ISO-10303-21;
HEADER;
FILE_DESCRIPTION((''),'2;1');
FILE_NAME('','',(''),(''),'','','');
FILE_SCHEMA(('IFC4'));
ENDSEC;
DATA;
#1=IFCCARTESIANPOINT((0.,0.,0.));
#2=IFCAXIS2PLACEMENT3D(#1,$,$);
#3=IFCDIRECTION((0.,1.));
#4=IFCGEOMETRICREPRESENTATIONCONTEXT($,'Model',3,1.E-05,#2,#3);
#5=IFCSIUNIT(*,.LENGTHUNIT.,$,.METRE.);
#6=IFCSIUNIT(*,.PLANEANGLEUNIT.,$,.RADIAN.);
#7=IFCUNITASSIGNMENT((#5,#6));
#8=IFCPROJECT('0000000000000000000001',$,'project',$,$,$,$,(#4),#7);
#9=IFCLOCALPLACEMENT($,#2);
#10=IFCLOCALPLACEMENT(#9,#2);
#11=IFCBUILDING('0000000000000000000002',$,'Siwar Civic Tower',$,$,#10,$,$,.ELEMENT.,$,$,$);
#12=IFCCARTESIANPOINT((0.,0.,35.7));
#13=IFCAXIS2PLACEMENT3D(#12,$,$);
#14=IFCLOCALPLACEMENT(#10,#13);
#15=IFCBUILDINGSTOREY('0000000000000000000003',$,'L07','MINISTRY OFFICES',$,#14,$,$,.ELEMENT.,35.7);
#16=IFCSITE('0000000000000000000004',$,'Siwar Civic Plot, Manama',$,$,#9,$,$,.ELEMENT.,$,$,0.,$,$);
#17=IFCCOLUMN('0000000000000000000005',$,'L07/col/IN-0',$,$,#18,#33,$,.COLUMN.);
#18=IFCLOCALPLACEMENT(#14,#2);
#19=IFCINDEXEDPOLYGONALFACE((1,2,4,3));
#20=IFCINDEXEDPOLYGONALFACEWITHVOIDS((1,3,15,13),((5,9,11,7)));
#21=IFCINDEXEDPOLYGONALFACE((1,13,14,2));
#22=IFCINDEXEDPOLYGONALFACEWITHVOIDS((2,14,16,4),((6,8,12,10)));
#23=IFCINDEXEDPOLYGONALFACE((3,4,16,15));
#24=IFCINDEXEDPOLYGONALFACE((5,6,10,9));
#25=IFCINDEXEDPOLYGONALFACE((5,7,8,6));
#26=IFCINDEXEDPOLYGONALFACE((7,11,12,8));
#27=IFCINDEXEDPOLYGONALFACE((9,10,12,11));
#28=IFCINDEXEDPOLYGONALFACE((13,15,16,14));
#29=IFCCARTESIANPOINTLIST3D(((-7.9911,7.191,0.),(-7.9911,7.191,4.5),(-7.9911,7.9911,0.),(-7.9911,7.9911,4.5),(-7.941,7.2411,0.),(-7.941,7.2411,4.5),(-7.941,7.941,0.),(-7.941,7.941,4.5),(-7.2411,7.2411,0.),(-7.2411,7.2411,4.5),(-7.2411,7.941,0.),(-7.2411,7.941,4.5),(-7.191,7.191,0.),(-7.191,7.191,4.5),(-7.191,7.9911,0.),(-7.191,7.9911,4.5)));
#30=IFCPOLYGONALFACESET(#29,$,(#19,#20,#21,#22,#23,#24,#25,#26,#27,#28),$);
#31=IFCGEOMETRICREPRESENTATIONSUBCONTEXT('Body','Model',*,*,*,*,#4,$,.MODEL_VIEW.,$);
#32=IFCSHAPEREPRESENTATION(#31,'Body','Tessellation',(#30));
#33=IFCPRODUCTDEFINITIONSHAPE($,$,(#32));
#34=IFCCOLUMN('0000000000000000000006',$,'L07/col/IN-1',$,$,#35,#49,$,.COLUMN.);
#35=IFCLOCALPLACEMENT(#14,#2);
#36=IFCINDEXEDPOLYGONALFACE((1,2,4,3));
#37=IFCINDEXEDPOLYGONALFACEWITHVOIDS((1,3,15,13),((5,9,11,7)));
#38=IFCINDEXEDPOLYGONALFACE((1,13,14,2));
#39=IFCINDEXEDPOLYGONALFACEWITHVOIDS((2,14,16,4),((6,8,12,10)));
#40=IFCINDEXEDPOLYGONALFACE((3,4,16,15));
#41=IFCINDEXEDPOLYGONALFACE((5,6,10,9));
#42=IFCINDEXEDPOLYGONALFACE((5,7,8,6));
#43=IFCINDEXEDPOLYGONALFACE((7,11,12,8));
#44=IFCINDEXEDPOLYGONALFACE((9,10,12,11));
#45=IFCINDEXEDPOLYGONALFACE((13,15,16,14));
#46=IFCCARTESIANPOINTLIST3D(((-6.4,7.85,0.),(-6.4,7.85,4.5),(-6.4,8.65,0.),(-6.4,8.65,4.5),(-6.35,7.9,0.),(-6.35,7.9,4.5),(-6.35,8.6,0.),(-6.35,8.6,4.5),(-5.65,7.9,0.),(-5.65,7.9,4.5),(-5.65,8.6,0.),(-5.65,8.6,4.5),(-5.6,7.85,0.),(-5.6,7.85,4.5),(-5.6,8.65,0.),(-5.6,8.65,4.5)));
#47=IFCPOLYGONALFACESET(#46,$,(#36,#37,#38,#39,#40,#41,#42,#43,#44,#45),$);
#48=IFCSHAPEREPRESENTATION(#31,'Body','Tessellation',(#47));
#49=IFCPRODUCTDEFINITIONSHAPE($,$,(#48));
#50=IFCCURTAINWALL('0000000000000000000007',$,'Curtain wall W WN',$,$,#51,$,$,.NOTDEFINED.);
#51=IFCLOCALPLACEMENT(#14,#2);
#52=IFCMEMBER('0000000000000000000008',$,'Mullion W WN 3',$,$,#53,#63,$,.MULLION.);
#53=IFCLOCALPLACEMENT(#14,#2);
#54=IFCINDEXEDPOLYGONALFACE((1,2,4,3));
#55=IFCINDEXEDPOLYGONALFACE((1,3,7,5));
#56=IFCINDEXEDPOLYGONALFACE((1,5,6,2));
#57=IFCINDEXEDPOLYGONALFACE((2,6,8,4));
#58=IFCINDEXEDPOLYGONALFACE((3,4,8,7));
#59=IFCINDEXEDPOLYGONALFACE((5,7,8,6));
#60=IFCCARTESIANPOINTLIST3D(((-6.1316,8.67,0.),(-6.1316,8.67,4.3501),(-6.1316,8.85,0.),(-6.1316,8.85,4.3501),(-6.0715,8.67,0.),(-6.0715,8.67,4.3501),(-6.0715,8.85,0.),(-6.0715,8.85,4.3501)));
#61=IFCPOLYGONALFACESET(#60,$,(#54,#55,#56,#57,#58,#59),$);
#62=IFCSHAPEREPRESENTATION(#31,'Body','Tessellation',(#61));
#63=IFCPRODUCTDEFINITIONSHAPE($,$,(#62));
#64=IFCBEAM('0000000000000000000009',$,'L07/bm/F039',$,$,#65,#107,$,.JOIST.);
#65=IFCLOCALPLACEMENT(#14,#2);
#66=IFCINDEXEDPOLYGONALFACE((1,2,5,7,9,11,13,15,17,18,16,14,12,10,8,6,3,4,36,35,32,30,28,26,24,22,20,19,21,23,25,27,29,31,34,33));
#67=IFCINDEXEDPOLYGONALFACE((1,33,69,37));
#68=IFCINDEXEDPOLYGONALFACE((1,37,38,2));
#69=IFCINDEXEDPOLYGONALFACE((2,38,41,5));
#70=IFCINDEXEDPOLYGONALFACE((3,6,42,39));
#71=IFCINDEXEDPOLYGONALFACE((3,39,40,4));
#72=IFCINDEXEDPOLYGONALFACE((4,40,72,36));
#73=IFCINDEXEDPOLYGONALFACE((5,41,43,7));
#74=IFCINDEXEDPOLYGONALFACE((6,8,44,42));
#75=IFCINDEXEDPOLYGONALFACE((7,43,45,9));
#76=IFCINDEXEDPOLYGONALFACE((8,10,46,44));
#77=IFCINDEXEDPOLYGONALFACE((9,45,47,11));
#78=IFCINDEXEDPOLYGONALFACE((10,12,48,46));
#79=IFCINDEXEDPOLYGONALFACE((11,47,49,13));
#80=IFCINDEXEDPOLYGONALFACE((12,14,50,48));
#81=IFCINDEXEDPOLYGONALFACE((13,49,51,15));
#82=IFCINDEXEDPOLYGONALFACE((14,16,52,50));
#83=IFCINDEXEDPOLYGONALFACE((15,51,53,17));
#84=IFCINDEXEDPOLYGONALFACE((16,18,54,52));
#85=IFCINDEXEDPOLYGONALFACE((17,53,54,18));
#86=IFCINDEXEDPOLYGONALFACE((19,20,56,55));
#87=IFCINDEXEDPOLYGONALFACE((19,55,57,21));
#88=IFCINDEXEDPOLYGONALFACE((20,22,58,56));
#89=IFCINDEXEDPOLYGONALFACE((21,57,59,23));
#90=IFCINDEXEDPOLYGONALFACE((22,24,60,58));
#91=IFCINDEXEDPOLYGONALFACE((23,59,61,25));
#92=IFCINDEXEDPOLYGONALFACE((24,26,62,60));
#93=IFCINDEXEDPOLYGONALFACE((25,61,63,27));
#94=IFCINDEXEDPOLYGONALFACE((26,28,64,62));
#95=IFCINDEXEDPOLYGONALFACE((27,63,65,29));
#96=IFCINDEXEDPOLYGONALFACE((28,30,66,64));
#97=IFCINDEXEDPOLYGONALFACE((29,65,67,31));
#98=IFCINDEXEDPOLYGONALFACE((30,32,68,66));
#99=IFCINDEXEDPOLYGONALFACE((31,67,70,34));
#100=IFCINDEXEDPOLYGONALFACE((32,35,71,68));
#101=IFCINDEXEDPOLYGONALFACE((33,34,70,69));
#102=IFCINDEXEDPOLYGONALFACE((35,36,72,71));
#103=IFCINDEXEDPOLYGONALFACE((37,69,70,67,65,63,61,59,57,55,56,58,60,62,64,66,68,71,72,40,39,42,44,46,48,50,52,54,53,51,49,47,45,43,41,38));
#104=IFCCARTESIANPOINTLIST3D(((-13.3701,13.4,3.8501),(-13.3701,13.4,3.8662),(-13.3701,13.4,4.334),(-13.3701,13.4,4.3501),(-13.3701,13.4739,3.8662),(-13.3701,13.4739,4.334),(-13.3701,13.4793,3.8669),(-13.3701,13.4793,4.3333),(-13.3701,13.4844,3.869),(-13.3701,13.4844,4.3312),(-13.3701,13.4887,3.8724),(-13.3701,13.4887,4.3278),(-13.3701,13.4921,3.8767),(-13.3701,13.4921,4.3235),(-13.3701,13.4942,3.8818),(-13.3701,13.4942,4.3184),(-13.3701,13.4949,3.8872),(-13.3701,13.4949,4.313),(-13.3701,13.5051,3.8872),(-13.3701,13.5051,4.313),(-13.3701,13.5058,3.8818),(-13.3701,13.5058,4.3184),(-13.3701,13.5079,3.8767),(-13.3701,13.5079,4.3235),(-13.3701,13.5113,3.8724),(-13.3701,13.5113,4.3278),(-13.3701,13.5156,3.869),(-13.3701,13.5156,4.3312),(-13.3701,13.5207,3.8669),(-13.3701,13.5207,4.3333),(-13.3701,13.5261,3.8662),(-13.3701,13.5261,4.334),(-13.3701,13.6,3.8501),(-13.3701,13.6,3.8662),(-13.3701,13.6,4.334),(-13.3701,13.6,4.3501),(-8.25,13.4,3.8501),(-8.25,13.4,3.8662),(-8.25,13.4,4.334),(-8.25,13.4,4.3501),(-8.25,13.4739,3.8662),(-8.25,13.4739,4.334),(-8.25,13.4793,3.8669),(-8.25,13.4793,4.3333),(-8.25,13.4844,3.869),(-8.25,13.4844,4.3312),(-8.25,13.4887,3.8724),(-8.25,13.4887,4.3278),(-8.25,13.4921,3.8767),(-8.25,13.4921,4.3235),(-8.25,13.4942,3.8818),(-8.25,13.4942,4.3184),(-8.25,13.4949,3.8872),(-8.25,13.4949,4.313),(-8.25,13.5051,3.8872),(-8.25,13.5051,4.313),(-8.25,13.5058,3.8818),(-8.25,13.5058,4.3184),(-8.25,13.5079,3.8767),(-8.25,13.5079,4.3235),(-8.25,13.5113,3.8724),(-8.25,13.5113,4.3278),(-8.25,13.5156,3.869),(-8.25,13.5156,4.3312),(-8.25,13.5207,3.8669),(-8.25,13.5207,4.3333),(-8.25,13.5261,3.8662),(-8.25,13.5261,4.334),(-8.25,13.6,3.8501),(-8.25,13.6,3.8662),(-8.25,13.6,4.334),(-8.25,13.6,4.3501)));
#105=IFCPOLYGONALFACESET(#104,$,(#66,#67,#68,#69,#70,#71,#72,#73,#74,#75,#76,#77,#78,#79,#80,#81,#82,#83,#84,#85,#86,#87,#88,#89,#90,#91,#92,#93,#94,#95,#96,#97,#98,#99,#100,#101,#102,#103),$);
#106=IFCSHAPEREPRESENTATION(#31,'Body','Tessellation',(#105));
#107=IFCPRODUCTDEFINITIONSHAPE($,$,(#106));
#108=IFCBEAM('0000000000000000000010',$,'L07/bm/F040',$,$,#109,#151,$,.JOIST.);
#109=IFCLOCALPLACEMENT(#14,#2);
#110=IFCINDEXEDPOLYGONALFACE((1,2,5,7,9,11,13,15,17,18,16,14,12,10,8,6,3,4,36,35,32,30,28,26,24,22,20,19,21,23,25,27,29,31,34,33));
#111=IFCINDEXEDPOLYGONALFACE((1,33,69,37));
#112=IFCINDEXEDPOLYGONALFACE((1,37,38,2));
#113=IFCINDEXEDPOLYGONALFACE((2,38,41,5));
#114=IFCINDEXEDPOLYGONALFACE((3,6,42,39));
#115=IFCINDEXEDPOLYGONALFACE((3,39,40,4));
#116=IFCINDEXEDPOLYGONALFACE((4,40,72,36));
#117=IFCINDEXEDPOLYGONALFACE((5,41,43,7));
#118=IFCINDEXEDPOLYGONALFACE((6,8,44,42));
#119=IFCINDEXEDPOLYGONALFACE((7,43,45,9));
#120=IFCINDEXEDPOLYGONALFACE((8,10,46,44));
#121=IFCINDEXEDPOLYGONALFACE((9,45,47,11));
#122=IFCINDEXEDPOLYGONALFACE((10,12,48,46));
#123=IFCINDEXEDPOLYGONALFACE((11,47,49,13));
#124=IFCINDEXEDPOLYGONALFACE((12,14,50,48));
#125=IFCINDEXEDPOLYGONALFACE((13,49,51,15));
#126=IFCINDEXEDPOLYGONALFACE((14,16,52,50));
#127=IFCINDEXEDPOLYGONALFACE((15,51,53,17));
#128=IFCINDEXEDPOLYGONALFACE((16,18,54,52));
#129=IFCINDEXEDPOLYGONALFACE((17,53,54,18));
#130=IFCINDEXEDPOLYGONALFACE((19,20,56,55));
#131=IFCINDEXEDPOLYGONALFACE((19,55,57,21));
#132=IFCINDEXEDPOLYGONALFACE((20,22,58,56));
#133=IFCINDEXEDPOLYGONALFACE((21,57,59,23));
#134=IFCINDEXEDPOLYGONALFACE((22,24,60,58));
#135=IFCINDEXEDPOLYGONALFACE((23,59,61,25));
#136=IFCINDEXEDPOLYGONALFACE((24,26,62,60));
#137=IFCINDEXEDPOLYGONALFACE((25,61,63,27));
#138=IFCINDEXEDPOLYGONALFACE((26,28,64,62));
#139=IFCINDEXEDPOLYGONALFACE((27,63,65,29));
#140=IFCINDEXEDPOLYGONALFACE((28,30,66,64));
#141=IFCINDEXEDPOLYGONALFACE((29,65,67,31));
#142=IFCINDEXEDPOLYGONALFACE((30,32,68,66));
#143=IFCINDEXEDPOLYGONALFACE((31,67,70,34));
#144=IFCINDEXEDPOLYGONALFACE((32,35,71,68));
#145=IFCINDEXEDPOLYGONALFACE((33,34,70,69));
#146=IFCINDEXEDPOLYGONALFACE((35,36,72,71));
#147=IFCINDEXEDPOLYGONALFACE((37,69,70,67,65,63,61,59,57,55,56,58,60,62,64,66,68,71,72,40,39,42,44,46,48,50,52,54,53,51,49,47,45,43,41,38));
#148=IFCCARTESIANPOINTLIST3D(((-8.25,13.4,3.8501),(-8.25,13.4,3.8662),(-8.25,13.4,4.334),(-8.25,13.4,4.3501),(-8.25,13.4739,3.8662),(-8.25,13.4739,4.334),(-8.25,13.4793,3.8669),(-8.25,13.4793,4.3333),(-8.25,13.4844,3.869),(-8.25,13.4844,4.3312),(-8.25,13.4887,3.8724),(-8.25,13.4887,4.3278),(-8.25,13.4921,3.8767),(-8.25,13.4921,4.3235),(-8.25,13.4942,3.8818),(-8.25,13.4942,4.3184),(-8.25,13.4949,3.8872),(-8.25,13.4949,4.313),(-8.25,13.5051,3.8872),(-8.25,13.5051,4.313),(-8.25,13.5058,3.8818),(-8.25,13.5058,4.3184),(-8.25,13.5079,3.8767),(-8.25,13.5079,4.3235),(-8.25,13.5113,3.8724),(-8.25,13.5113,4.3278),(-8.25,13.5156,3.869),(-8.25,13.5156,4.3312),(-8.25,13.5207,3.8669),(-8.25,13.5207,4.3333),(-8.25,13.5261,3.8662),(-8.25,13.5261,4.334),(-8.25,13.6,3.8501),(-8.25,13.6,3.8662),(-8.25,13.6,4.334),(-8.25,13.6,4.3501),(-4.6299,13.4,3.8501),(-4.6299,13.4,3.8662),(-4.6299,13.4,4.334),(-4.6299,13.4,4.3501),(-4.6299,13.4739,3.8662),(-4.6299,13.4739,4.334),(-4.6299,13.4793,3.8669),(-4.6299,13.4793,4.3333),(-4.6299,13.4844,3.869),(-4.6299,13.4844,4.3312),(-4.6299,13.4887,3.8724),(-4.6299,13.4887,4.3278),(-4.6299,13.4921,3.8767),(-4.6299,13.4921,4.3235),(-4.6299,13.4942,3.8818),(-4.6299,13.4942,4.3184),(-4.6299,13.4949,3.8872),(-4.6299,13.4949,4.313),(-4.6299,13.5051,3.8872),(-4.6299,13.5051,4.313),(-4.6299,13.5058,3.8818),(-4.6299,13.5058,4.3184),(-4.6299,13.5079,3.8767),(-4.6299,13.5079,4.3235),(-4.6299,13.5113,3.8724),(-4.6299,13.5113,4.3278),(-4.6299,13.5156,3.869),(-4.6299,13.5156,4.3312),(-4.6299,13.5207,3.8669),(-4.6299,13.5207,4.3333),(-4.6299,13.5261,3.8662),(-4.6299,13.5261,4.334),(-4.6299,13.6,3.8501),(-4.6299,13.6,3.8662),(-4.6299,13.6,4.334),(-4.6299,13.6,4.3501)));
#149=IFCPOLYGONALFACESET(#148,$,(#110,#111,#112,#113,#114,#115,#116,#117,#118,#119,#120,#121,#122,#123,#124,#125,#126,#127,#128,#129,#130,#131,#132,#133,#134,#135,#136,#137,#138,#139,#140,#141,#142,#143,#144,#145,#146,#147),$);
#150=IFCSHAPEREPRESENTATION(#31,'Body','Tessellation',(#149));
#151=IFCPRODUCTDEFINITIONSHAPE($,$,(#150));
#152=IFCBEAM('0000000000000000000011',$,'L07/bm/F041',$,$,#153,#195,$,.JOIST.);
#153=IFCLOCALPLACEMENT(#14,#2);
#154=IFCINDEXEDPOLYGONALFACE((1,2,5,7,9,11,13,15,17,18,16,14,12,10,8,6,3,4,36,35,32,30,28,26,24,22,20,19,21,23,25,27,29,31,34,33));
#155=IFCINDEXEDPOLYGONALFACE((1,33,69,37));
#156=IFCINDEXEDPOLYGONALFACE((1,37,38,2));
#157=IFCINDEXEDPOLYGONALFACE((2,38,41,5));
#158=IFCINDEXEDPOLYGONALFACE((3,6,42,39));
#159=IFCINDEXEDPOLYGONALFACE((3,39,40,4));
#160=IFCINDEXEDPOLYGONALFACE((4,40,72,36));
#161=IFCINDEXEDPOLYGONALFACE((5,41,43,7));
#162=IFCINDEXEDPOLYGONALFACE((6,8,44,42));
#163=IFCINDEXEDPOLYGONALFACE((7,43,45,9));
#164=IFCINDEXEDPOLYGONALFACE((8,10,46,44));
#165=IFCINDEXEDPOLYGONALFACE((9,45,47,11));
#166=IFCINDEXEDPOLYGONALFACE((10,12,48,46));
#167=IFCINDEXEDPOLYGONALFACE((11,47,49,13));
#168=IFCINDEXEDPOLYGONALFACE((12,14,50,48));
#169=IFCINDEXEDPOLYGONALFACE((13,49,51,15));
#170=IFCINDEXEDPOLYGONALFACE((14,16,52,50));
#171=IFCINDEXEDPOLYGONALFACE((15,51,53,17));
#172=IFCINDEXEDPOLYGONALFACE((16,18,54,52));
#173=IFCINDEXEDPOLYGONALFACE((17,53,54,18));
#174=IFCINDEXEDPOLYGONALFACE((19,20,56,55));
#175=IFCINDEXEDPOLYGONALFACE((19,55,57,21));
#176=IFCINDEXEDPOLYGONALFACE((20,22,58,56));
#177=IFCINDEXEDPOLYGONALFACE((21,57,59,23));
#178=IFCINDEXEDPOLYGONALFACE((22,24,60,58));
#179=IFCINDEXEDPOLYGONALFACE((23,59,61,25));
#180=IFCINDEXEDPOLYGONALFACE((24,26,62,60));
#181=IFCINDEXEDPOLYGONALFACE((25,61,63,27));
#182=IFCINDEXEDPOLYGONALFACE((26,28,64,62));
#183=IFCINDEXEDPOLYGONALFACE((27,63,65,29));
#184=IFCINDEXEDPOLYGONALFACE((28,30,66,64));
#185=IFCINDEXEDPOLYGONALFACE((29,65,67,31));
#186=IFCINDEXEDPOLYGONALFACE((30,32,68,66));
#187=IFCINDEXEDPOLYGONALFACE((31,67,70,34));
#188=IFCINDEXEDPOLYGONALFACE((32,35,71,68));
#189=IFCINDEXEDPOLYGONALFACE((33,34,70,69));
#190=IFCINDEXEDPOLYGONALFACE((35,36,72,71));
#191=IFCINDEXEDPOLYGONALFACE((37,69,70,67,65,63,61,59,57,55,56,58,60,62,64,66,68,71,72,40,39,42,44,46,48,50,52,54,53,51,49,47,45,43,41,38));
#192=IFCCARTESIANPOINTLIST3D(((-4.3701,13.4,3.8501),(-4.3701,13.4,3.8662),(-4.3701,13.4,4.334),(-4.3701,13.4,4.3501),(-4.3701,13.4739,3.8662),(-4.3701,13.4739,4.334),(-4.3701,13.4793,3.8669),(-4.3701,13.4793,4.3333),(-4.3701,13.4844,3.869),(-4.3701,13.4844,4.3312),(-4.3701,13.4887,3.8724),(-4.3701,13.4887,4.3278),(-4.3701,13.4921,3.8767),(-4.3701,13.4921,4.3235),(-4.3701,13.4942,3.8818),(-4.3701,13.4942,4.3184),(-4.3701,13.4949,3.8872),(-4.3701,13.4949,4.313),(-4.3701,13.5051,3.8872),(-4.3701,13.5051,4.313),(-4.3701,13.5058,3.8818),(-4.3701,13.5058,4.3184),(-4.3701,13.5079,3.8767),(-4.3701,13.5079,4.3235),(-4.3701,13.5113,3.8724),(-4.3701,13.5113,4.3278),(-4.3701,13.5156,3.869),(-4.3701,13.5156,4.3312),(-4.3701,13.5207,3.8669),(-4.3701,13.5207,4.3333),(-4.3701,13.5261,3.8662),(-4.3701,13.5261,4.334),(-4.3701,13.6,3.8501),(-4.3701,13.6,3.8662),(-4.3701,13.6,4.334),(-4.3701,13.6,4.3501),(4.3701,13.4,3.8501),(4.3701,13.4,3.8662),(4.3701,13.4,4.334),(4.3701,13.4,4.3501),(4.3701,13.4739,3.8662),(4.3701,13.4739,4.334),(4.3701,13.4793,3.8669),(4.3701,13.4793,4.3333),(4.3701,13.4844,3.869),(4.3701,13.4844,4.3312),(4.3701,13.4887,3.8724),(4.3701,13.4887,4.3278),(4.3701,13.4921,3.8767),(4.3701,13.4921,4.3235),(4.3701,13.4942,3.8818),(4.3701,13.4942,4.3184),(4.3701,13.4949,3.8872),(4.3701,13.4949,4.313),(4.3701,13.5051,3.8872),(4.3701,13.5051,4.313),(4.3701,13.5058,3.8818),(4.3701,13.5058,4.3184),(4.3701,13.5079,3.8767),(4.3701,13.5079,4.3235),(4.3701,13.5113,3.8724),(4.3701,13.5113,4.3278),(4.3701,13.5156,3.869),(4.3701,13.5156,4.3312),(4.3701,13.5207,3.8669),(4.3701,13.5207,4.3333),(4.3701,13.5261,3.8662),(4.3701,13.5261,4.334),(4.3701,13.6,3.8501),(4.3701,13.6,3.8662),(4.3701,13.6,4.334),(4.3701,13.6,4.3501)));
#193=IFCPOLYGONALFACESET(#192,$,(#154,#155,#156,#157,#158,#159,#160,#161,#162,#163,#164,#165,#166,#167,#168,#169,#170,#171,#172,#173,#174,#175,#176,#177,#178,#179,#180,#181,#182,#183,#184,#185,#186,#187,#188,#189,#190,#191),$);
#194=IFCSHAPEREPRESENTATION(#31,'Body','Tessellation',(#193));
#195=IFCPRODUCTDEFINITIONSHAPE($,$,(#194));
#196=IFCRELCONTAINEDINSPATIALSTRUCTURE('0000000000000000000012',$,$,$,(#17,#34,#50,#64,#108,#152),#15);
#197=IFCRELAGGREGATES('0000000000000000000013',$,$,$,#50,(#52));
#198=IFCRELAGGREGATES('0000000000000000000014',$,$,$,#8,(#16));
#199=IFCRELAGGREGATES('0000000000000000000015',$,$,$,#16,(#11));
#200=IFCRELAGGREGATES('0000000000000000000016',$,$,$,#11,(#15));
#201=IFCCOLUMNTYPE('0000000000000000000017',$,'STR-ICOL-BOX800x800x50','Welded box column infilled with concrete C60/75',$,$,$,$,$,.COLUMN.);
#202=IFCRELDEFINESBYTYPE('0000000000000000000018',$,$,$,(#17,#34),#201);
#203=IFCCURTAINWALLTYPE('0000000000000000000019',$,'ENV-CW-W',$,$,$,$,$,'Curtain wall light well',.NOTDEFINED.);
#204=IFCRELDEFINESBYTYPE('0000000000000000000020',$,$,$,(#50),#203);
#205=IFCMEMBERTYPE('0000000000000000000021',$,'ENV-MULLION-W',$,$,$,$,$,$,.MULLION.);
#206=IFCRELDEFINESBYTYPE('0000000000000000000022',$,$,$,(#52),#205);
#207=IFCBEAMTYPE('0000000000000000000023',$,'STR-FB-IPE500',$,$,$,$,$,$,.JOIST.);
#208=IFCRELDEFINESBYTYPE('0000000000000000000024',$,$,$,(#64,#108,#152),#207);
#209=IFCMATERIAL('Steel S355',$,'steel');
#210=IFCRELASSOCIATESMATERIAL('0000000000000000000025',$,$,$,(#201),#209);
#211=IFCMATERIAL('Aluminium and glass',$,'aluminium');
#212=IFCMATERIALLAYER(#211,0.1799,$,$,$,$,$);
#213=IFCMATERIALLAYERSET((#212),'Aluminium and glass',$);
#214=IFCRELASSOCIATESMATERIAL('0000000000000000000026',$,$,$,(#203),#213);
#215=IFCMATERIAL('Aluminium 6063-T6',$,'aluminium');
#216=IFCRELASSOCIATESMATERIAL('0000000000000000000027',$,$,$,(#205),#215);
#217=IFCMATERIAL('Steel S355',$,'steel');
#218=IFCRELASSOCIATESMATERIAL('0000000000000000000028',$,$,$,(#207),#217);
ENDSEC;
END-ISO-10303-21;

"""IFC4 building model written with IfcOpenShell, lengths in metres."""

from ifc_helpers import new_model, si_unit, direction, frame, origin, origin_2d, place, context, subcontext, project, spatial, rectangle, hollow_rectangle, i_section, extrude, material, layer, layer_set, material_profile, profile_set, type_object, element, aggregate, save


model = new_model("IFC4")

# Units and contexts
model_context = context("Model", 3, precision=1e-05, world=origin(), true_north=direction((0.0, 1.0)))
body_context = subcontext(model_context, "Body", "Model", "MODEL_VIEW")
ifc_project = project(units=[si_unit("LENGTHUNIT", "METRE"), si_unit("PLANEANGLEUNIT", "RADIAN")], contexts=[model_context])

# Site, building, storey
site_placement = place(None, origin())
site = spatial("IfcSite", under=ifc_project, at=site_placement, Name="Siwar Civic Plot, Manama", CompositionType="ELEMENT", RefElevation=0.0)
building_placement = place(site_placement, origin())
building = spatial("IfcBuilding", under=site, at=building_placement, Name="Siwar Civic Tower", CompositionType="ELEMENT")
storey_placement = place(building_placement, frame((0.0, 0.0, 35.7)))
storey = spatial("IfcBuildingStorey", under=building, at=storey_placement, Name="L07", Description="MINISTRY OFFICES", CompositionType="ELEMENT", Elevation=35.7)

# Columns
ifc_material_1 = material(Name="Steel S355", Category="steel")
ifc_material_profile_1 = material_profile(ifc_material_1, hollow_rectangle(XDim=0.8, YDim=0.8, WallThickness=0.05, at=origin_2d()), Name="BOX800x800x50")
ifc_profile_set_1 = profile_set([ifc_material_profile_1], Name="Steel S355")
column_type = type_object("IfcColumnType", Name="STR-ICOL-BOX800x800x50", Description="Welded box column infilled with concrete C60/75", PredefinedType="COLUMN", material=ifc_profile_set_1)
for number, where, z_axis, x_axis, name in (
    (1, (-7.5911, 7.5911, 0.0), (0.0, 0.0, 1.0), (1.0, 0.0, 0.0), "L07/col/IN-0"),
    (2, (-6.0, 8.25, 0.0), (0.0, 0.0, 1.0), (1.0, 0.0, 0.0), "L07/col/IN-1"),
):
    element("IfcColumn", number, at=place(storey_placement, frame(where, z_axis=z_axis, x_axis=x_axis)), inside=storey, type_object=column_type, Name=name, PredefinedType="COLUMN", context=body_context, shape_type="SweptSolid", body=[
        extrude(hollow_rectangle(XDim=0.8, YDim=0.8, WallThickness=0.05, at=origin_2d()), origin(), (0.0, 0.0, 1.0), 4.5),
    ])

# Curtain wall, member
ifc_material_2 = material(Name="Aluminium and glass", Category="aluminium")
ifc_layer_1 = layer(ifc_material_2, 0.1799)
ifc_layer_set_1 = layer_set([ifc_layer_1], Name="Aluminium and glass")
curtain_wall_type = type_object("IfcCurtainWallType", Name="ENV-CW-W", ElementType="Curtain wall light well", PredefinedType="NOTDEFINED", material=ifc_layer_set_1)
curtain_wall_placement = place(storey_placement, origin())
curtain_wall = element("IfcCurtainWall", 3, at=curtain_wall_placement, inside=storey, type_object=curtain_wall_type, Name="Curtain wall W WN", PredefinedType="NOTDEFINED")
ifc_material_3 = material(Name="Aluminium 6063-T6", Category="aluminium")
ifc_material_profile_2 = material_profile(ifc_material_3, rectangle(XDim=0.1799, YDim=0.0601, at=origin_2d()), Name="AL 180x60")
ifc_profile_set_2 = profile_set([ifc_material_profile_2], Name="Aluminium 6063-T6")
member_type = type_object("IfcMemberType", Name="ENV-MULLION-W", PredefinedType="MULLION", material=ifc_profile_set_2)
member_placement = place(storey_placement, frame((-6.1016, 8.76, 0.0), z_axis=(0.0, 0.0, 1.0), x_axis=(0.0, -1.0, 0.0)))
member = element("IfcMember", 4, at=member_placement, type_object=member_type, Name="Mullion W WN 3", PredefinedType="MULLION", context=body_context, shape_type="SweptSolid", body=[
    extrude(rectangle(XDim=0.1799, YDim=0.0601, at=origin_2d()), origin(), (0.0, 0.0, 1.0), 4.3501),
])
aggregate(curtain_wall, [member])

# Beams
ifc_material_4 = material(Name="Steel S355", Category="steel")
ifc_material_profile_3 = material_profile(ifc_material_4, i_section(OverallWidth=0.2, OverallDepth=0.5, WebThickness=0.0103, FlangeThickness=0.0161, FilletRadius=0.021, at=origin_2d()), Name="IPE500")
ifc_profile_set_3 = profile_set([ifc_material_profile_3], Name="Steel S355")
beam_type_1 = type_object("IfcBeamType", Name="STR-FB-IPE500", PredefinedType="JOIST", material=ifc_profile_set_3)
beam_1_placement = place(storey_placement, frame((-13.3701, 13.5, 4.1001), z_axis=(1.0, 0.0, 0.0), x_axis=(0.0, 1.0, 0.0)))
element("IfcBeam", 5, at=beam_1_placement, inside=storey, type_object=beam_type_1, Name="L07/bm/F039", PredefinedType="JOIST", context=body_context, shape_type="SweptSolid", body=[
    extrude(i_section(OverallWidth=0.2, OverallDepth=0.5, WebThickness=0.0103, FlangeThickness=0.0161, FilletRadius=0.021, at=origin_2d()), origin(), (0.0, 0.0, 1.0), 5.1201),
])
beam_2_placement = place(storey_placement, frame((-8.25, 13.5, 4.1001), z_axis=(1.0, 0.0, 0.0), x_axis=(0.0, 1.0, 0.0)))
element("IfcBeam", 6, at=beam_2_placement, inside=storey, type_object=beam_type_1, Name="L07/bm/F040", PredefinedType="JOIST", context=body_context, shape_type="SweptSolid", body=[
    extrude(i_section(OverallWidth=0.2, OverallDepth=0.5, WebThickness=0.0103, FlangeThickness=0.0161, FilletRadius=0.021, at=origin_2d()), origin(), (0.0, 0.0, 1.0), 3.6201),
])
beam_3_placement = place(storey_placement, frame((-4.3701, 13.5, 4.1001), z_axis=(1.0, 0.0, 0.0), x_axis=(0.0, 1.0, 0.0)))
element("IfcBeam", 7, at=beam_3_placement, inside=storey, type_object=beam_type_1, Name="L07/bm/F041", PredefinedType="JOIST", context=body_context, shape_type="SweptSolid", body=[
    extrude(i_section(OverallWidth=0.2, OverallDepth=0.5, WebThickness=0.0103, FlangeThickness=0.0161, FilletRadius=0.021, at=origin_2d()), origin(), (0.0, 0.0, 1.0), 8.7402),
])

save(model, "model.ifc")
